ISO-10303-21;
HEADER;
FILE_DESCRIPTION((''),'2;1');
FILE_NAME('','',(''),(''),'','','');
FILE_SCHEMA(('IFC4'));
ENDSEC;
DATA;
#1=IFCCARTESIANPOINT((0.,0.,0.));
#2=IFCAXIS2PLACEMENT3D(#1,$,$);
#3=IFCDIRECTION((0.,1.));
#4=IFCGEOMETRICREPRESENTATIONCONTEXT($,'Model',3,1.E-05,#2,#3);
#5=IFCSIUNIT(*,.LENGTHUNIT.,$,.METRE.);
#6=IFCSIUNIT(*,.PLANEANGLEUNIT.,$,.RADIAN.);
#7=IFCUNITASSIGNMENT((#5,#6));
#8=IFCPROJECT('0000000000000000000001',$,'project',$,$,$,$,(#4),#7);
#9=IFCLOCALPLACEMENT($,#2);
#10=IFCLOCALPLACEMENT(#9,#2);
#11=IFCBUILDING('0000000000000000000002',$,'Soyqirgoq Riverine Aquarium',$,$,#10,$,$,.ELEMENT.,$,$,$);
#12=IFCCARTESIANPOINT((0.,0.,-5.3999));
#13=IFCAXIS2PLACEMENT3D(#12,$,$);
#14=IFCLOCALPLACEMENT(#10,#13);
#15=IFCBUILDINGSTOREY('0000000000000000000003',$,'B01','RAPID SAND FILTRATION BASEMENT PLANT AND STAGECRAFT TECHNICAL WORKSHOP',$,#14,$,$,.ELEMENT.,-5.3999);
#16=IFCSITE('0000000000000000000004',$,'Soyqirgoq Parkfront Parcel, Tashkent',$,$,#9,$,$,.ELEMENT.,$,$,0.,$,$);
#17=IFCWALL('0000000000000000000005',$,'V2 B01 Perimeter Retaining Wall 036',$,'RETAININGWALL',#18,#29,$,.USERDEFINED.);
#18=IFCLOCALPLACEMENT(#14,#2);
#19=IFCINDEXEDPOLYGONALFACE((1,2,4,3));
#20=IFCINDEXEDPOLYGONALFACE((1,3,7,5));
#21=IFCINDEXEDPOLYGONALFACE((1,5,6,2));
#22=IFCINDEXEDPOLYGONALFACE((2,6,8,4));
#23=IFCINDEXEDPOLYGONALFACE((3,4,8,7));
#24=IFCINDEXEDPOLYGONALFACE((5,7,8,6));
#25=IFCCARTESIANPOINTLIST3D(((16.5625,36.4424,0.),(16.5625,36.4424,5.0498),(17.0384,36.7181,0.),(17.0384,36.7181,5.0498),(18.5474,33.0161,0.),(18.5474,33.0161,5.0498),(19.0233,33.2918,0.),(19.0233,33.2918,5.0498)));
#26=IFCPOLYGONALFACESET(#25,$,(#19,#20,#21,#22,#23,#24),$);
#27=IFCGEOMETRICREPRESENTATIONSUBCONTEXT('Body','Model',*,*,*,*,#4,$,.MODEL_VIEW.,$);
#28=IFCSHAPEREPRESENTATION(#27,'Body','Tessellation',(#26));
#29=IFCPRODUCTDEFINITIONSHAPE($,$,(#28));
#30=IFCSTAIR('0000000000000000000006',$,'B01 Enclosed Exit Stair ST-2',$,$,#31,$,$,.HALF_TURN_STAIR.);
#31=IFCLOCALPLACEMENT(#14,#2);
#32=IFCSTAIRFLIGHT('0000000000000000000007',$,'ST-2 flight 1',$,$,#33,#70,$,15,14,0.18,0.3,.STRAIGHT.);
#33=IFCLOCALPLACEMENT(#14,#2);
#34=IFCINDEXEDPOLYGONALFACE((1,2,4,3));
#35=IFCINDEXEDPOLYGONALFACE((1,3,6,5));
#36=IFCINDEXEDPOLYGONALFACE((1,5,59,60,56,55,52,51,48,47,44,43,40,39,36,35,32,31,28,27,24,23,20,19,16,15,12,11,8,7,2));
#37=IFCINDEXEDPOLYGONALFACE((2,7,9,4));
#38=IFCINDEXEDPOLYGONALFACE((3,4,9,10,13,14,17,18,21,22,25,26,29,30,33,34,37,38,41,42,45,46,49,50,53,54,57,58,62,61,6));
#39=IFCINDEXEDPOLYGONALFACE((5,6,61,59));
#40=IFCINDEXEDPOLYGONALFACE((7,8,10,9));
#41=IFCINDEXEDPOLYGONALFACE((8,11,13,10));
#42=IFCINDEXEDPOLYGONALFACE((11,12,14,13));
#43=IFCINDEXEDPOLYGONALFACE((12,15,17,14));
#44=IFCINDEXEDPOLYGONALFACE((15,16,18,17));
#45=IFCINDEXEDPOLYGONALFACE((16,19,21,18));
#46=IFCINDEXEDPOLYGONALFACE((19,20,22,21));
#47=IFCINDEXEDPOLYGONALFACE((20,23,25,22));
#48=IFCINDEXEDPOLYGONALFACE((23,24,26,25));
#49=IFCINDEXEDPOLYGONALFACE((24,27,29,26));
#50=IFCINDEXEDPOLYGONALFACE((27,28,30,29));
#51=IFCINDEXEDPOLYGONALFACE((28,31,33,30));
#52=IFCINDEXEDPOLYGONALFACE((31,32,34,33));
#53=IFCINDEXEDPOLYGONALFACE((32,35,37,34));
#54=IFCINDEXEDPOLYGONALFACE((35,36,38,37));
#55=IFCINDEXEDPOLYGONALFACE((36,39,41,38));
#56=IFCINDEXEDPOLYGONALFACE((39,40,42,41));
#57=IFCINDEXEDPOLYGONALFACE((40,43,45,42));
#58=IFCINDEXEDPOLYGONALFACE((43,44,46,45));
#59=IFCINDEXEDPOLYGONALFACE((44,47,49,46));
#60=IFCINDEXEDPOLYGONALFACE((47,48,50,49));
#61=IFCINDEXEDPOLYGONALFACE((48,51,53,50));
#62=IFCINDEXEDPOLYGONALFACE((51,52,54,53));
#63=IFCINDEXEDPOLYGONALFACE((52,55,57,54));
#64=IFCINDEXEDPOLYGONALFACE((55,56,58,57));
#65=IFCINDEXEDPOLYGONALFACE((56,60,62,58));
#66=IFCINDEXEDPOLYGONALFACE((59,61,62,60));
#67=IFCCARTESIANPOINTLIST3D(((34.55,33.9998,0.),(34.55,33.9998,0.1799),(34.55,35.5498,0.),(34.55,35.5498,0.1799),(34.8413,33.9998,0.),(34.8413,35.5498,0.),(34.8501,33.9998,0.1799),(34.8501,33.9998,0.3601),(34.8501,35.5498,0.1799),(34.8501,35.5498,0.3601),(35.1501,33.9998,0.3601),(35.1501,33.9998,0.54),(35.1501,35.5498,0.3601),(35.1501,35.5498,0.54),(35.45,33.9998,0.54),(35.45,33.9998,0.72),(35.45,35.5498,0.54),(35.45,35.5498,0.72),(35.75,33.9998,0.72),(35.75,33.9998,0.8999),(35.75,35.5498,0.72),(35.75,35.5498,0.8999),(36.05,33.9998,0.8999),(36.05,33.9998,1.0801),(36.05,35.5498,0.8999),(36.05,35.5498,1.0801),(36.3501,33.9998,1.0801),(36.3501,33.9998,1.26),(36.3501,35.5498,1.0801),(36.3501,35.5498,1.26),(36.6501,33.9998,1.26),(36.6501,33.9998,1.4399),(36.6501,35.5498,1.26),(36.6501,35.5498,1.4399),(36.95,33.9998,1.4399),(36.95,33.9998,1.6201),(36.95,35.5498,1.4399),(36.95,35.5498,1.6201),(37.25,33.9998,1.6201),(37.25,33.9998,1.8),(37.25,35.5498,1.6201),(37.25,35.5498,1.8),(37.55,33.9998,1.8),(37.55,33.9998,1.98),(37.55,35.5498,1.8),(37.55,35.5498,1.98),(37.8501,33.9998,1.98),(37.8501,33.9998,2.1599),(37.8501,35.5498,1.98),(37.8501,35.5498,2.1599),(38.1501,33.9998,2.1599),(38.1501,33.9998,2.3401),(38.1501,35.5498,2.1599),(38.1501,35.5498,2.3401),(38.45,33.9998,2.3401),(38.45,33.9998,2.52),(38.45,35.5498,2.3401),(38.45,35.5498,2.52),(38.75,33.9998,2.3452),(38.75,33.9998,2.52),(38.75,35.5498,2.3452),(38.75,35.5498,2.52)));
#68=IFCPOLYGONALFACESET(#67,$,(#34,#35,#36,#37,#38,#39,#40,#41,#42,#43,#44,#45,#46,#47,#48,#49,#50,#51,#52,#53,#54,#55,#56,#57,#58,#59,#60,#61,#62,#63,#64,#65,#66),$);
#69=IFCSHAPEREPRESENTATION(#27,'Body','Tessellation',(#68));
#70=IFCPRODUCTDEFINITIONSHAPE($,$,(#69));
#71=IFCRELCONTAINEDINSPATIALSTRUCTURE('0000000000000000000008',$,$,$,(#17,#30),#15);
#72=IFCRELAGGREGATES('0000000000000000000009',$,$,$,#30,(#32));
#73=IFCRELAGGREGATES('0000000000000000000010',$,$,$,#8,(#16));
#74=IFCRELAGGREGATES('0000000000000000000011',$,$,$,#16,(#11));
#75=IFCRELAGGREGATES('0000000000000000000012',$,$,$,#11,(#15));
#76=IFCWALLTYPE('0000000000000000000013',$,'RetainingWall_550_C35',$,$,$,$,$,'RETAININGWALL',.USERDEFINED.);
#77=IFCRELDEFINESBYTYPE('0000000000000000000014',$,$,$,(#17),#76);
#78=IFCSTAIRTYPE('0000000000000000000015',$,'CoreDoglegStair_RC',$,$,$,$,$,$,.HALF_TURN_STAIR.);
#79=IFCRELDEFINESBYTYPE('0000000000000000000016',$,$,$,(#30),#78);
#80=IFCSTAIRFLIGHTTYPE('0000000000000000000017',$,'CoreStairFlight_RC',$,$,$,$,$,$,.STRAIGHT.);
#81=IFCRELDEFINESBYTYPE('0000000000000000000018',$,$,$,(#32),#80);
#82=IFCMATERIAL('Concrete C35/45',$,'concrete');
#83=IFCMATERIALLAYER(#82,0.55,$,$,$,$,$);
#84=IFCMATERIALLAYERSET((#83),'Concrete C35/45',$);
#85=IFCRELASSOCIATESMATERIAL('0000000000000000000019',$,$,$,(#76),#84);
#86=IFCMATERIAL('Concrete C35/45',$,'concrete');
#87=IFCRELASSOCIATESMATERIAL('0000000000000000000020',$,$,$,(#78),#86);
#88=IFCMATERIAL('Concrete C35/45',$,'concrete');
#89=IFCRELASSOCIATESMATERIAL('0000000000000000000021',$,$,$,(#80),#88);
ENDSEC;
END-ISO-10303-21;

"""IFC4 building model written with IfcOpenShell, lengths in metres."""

from ifc_helpers import new_model, si_unit, direction, frame, frame_2d, origin, place, context, subcontext, project, spatial, polyline, rectangle, outline, extrude, material, layer, layer_set, type_object, element, aggregate, save


model = new_model("IFC4")

# Units and contexts
model_context = context("Model", 3, precision=1e-05, world=origin(), true_north=direction((0.0, 1.0)))
body_context = subcontext(model_context, "Body", "Model", "MODEL_VIEW")
ifc_project = project(units=[si_unit("LENGTHUNIT", "METRE"), si_unit("PLANEANGLEUNIT", "RADIAN")], contexts=[model_context])

# Site, building, storey
site_placement = place(None, origin())
site = spatial("IfcSite", under=ifc_project, at=site_placement, Name="Soyqirgoq Parkfront Parcel, Tashkent", CompositionType="ELEMENT", RefElevation=0.0)
building_placement = place(site_placement, origin())
building = spatial("IfcBuilding", under=site, at=building_placement, Name="Soyqirgoq Riverine Aquarium", CompositionType="ELEMENT")
storey_placement = place(building_placement, frame((0.0, 0.0, -5.3999)))
storey = spatial("IfcBuildingStorey", under=building, at=storey_placement, Name="B01", Description="RAPID SAND FILTRATION BASEMENT PLANT AND STAGECRAFT TECHNICAL WORKSHOP", CompositionType="ELEMENT", Elevation=-5.3999)

# Wall
ifc_material_1 = material(Name="Concrete C35/45", Category="concrete")
ifc_layer_1 = layer(ifc_material_1, 0.55)
ifc_layer_set_1 = layer_set([ifc_layer_1], Name="Concrete C35/45")
wall_type_1 = type_object("IfcWallType", Name="RetainingWall_550_C35", ElementType="RETAININGWALL", PredefinedType="USERDEFINED", material=ifc_layer_set_1)
wall_1_placement = place(storey_placement, frame((18.7854, 33.1538, 0.0), z_axis=(0.0, 0.0, 1.0), x_axis=(-0.50127, 0.865291, 0.0)))
element("IfcWall", 1, at=wall_1_placement, inside=storey, type_object=wall_type_1, Name="V2 B01 Perimeter Retaining Wall 036", ObjectType="RETAININGWALL", PredefinedType="USERDEFINED", context=body_context, shape_type="SweptSolid", body=[
    extrude(rectangle(XDim=3.9597, YDim=0.55, at=frame_2d((1.98, 0.0))), origin(), (0.0, 0.0, 1.0), 5.0498),
])

# Stair, stair flight
ifc_material_2 = material(Name="Concrete C35/45", Category="concrete")
stair_type = type_object("IfcStairType", Name="CoreDoglegStair_RC", PredefinedType="HALF_TURN_STAIR", material=ifc_material_2)
stair_placement = place(storey_placement, origin())
stair = element("IfcStair", 2, at=stair_placement, inside=storey, type_object=stair_type, Name="B01 Enclosed Exit Stair ST-2", PredefinedType="HALF_TURN_STAIR")
ifc_material_3 = material(Name="Concrete C35/45", Category="concrete")
stair_flight_type = type_object("IfcStairFlightType", Name="CoreStairFlight_RC", PredefinedType="STRAIGHT", material=ifc_material_3)
stair_flight_placement = place(storey_placement, frame((34.55, 34.7749, 0.0), z_axis=(0.0, 0.0, 1.0), x_axis=(1.0, 0.0, 0.0)))
stair_flight = element("IfcStairFlight", 3, at=stair_flight_placement, type_object=stair_flight_type, Name="ST-2 flight 1", NumberOfRisers=15, NumberOfTreads=14, PredefinedType="STRAIGHT", RiserHeight=0.18, TreadLength=0.3, context=body_context, shape_type="SweptSolid", body=[
    extrude(outline(polyline([(0.0, 0.0), (0.0, 0.1799), (0.3, 0.1799), (0.3, 0.3601), (0.6001, 0.3601), (0.6001, 0.54), (0.8999, 0.54), (0.8999, 0.72), (1.2, 0.72), (1.2, 0.8999), (1.5, 0.8999), (1.5, 1.0801), (1.8, 1.0801), (1.8, 1.26), (2.1001, 1.26), (2.1001, 1.4399), (2.3999, 1.4399), (2.3999, 1.6201), (2.7, 1.6201), (2.7, 1.8), (3.0, 1.8), (3.0, 1.98), (3.3, 1.98), (3.3, 2.1599), (3.6001, 2.1599), (3.6001, 2.3401), (3.8999, 2.3401), (3.8999, 2.52), (4.2, 2.52), (4.2, 2.7), (4.2, 2.3452), (0.2913, 0.0), (0.0, 0.0)])), frame((0.0, 0.7749, 0.0), z_axis=(0.0, -1.0, 0.0), x_axis=(1.0, 0.0, 0.0)), (0.0, 0.0, 1.0), 1.55),
])
aggregate(stair, [stair_flight])

save(model, "model.ifc")
